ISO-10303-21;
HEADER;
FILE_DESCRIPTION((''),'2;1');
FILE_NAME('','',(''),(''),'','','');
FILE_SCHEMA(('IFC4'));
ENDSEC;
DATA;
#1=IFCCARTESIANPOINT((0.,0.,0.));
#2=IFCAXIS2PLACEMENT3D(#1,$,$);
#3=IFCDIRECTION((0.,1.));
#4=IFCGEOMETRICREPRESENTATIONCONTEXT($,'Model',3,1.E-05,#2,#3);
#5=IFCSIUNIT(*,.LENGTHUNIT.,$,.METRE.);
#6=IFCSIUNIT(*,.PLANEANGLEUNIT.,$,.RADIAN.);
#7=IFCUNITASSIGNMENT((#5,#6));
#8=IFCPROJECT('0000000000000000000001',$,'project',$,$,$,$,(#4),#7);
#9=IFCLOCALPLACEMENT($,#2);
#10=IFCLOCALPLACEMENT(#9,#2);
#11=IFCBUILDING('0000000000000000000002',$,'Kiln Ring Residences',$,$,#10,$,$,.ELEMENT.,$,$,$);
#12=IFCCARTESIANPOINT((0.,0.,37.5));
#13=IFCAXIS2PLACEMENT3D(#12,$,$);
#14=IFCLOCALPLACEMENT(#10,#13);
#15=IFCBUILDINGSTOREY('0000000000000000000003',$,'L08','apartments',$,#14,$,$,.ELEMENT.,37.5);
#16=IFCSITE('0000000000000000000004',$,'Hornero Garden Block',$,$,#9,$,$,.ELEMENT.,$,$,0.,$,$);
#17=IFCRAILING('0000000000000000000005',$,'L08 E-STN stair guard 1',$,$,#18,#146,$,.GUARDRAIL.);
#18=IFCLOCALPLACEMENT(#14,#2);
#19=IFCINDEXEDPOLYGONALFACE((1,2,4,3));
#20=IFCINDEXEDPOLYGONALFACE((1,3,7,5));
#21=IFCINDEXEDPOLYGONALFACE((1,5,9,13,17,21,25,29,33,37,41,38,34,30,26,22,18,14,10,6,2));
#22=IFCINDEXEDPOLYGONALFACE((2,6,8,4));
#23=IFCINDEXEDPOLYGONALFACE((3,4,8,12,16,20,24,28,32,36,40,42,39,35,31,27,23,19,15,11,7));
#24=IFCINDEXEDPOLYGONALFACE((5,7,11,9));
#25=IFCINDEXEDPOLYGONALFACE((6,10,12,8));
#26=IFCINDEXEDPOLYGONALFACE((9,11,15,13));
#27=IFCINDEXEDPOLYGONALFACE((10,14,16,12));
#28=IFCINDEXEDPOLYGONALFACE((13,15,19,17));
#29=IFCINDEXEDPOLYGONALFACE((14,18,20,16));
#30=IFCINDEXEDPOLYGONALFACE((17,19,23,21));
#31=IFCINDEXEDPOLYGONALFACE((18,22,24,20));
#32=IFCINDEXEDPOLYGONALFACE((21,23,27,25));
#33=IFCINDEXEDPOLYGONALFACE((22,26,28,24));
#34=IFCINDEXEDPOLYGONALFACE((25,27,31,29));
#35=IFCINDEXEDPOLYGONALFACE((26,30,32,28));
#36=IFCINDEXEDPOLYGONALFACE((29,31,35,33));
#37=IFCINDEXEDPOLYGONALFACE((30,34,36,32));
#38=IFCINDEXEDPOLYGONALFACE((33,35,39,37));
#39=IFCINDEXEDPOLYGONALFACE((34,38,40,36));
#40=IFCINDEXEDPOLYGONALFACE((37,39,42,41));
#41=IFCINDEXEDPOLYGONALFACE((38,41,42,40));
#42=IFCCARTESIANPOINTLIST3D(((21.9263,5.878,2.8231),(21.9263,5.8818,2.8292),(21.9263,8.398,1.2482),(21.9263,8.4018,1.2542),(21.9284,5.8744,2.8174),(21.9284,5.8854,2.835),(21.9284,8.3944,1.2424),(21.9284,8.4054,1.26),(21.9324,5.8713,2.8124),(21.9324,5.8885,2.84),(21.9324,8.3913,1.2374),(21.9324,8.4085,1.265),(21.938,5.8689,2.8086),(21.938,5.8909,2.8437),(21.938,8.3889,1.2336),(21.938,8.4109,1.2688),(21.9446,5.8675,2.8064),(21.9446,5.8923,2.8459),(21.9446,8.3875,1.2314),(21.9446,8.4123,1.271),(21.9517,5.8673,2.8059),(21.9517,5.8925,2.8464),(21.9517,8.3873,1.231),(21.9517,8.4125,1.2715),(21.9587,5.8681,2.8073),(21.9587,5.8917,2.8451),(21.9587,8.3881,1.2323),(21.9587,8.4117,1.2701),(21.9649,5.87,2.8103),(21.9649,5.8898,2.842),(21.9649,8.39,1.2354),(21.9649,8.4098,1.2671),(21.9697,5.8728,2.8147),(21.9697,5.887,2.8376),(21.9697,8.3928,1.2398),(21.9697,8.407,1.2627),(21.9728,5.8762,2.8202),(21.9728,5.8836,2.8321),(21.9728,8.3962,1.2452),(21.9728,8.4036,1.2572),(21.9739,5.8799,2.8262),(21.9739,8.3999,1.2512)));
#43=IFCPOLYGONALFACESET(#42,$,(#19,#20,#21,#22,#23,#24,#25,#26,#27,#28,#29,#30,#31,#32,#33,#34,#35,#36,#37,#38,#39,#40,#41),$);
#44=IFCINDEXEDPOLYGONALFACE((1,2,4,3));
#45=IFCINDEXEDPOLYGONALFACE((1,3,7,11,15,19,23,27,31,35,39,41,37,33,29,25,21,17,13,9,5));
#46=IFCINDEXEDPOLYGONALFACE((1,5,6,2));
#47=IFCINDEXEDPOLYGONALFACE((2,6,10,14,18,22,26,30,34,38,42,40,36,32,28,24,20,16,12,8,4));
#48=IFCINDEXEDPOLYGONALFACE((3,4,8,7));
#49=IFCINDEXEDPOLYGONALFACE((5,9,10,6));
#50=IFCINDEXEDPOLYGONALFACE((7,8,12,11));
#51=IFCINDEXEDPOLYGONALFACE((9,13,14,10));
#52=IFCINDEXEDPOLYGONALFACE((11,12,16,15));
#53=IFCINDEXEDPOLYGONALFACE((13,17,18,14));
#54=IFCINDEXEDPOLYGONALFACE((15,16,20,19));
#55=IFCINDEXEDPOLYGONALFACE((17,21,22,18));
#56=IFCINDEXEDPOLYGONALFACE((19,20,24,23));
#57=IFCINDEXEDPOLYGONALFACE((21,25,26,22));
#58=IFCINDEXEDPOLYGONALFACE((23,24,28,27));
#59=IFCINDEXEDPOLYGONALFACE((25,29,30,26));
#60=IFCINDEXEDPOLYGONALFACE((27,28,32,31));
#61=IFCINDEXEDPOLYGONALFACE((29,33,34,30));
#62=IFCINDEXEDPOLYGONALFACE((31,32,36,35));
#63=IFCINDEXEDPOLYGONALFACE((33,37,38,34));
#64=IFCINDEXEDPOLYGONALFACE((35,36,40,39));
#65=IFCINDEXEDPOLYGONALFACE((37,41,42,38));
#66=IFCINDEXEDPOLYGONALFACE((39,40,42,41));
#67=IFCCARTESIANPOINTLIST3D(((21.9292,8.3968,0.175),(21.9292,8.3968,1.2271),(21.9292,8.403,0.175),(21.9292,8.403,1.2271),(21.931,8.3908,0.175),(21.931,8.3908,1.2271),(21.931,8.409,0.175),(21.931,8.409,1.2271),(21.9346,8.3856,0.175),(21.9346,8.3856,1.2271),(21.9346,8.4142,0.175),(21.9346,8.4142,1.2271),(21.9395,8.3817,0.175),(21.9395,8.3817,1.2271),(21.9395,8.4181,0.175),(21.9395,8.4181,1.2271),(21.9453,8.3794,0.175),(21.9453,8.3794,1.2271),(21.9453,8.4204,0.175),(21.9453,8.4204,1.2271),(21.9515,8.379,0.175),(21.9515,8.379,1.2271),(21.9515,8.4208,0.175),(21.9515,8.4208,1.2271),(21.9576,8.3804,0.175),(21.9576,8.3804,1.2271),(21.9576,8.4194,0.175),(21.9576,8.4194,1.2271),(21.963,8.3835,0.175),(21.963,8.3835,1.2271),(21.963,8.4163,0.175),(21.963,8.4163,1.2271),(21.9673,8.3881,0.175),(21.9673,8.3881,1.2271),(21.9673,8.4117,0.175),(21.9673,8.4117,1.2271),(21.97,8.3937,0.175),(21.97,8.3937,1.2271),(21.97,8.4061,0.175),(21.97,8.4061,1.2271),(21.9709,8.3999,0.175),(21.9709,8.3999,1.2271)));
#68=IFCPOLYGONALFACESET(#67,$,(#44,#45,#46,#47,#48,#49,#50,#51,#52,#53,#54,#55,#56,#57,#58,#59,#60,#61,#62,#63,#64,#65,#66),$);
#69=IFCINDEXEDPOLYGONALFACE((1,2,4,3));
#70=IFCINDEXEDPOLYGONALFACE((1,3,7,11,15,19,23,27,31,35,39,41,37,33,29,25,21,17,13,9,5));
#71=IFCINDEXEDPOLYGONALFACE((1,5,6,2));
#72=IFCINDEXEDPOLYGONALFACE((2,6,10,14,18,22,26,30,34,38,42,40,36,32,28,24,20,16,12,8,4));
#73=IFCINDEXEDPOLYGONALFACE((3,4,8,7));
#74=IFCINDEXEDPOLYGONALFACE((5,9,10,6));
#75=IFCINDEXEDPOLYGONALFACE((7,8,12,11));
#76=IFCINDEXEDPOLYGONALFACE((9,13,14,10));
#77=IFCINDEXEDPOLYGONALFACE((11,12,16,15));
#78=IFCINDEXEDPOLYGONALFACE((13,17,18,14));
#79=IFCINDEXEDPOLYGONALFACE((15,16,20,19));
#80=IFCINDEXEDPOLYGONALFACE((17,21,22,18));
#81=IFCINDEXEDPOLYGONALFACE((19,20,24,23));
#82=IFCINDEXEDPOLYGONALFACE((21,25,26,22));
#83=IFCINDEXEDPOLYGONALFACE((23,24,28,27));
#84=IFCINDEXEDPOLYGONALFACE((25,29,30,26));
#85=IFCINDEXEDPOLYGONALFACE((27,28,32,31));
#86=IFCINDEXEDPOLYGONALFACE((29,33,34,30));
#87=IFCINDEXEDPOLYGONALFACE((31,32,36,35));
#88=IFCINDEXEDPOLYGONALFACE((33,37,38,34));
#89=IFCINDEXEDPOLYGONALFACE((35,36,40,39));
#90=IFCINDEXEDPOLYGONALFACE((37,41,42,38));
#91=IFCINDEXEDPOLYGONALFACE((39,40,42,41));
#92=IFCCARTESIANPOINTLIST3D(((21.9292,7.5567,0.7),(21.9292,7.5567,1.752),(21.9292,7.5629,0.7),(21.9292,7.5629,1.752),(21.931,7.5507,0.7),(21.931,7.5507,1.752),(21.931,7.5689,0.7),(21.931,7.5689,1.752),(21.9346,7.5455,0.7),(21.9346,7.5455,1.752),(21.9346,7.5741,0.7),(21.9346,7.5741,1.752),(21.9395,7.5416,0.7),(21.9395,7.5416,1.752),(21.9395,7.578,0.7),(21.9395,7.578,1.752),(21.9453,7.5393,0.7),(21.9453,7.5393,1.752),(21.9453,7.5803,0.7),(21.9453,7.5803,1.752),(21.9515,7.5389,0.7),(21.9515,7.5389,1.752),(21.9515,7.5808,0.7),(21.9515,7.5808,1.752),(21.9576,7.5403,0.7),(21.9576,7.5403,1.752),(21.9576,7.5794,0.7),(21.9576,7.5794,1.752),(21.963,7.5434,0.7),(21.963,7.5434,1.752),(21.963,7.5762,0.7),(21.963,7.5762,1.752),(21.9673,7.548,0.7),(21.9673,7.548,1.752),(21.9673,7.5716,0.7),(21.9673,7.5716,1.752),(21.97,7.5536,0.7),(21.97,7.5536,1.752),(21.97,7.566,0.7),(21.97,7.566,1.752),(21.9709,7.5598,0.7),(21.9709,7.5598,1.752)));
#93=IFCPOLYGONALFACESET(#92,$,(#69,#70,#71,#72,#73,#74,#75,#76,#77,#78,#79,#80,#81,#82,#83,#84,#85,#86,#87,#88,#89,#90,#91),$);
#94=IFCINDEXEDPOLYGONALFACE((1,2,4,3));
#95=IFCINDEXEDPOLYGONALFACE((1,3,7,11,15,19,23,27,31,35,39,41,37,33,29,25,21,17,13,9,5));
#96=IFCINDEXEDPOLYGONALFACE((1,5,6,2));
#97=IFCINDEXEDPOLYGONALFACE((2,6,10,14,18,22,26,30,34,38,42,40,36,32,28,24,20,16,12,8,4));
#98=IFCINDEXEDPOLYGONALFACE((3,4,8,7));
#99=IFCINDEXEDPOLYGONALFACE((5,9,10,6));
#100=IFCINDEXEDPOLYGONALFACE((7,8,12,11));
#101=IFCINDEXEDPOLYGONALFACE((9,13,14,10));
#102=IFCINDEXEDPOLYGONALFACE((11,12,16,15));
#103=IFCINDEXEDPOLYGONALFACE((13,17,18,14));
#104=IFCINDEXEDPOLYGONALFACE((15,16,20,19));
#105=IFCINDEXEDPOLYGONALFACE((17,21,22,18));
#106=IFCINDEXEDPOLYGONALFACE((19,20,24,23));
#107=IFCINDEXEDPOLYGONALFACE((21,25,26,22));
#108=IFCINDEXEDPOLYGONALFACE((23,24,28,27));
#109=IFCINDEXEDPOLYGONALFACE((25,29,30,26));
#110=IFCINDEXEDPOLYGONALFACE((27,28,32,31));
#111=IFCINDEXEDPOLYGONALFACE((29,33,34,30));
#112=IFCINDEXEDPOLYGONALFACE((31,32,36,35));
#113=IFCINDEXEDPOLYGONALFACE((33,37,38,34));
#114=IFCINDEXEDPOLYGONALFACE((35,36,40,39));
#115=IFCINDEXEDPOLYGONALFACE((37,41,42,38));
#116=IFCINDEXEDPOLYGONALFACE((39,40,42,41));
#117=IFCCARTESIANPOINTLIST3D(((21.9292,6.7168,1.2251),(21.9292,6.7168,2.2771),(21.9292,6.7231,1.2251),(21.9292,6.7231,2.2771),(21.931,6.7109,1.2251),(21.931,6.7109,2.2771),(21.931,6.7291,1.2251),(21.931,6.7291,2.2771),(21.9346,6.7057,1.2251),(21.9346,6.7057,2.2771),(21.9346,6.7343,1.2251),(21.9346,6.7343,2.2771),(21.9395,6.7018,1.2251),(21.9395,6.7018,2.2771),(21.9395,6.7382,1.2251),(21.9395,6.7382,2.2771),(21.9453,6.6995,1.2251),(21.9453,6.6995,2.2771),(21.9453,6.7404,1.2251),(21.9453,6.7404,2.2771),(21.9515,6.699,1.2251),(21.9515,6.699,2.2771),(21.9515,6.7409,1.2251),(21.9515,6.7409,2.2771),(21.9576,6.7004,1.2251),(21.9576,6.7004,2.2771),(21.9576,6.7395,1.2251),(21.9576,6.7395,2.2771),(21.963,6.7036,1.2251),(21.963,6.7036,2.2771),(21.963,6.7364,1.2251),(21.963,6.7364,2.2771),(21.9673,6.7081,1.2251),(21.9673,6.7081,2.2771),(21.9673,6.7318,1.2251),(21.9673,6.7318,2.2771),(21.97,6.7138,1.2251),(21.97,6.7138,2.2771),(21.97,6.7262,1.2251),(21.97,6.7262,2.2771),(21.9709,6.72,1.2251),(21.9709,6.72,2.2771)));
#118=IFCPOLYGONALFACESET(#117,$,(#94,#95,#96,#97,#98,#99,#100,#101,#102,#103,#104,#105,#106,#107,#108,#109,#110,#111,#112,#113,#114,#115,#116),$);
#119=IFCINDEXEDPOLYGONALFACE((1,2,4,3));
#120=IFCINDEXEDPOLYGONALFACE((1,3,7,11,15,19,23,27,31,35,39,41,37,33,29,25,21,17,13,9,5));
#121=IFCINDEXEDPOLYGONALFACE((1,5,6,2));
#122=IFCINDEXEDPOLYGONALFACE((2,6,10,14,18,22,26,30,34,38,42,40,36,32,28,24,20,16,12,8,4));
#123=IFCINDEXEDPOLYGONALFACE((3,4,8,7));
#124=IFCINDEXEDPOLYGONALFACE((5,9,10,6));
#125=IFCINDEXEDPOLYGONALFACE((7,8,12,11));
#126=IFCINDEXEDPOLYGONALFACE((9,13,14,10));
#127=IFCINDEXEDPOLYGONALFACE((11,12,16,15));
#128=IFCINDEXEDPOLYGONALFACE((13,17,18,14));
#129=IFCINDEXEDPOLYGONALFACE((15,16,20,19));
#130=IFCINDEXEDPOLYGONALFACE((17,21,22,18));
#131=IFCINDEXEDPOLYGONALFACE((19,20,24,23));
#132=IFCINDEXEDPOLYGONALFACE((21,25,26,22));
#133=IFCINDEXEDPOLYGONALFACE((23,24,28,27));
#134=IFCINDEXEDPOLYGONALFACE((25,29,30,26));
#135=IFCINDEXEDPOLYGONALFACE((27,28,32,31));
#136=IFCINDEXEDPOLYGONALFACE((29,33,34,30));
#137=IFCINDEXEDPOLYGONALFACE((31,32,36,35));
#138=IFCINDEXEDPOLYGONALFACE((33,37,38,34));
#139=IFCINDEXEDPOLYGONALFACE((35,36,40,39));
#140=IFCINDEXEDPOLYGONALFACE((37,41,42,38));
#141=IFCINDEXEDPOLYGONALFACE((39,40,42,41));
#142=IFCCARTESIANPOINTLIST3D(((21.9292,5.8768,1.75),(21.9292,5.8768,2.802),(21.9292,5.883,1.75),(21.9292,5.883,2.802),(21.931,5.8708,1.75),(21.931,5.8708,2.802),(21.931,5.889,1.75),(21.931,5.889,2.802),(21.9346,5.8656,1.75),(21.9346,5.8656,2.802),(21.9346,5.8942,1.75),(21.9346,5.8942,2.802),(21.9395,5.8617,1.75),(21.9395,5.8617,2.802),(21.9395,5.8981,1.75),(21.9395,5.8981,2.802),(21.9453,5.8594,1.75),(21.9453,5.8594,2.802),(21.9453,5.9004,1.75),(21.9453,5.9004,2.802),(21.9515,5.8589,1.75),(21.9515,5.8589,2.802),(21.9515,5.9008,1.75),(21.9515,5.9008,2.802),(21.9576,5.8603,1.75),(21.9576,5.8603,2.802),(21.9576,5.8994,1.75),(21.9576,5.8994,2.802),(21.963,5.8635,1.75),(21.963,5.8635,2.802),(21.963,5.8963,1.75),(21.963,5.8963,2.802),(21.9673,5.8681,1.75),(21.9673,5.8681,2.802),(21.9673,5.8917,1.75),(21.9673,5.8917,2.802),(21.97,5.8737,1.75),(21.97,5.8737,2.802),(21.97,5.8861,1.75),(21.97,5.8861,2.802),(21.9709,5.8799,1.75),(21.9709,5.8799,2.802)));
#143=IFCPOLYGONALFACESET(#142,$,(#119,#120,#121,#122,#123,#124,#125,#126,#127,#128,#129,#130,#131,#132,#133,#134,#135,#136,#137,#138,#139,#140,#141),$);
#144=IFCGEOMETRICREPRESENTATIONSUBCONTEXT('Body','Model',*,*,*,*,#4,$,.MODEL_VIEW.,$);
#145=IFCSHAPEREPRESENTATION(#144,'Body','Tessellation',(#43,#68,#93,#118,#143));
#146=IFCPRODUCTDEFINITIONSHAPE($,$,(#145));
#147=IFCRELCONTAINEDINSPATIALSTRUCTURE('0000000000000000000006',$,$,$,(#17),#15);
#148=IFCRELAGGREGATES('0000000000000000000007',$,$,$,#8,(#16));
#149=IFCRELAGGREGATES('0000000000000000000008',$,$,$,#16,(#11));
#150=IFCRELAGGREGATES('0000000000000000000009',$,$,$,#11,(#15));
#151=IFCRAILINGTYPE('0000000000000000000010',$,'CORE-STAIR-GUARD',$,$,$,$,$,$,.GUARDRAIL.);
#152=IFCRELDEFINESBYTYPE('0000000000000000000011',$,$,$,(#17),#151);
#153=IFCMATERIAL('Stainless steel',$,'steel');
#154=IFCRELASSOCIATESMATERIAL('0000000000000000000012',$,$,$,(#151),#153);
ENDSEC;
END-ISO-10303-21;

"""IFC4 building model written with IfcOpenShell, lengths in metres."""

from ifc_helpers import new_model, si_unit, direction, frame, origin, origin_2d, place, context, subcontext, project, spatial, circle, extrude, material, type_object, element, save


model = new_model("IFC4")

# Units and contexts
model_context = context("Model", 3, precision=1e-05, world=origin(), true_north=direction((0.0, 1.0)))
body_context = subcontext(model_context, "Body", "Model", "MODEL_VIEW")
ifc_project = project(units=[si_unit("LENGTHUNIT", "METRE"), si_unit("PLANEANGLEUNIT", "RADIAN")], contexts=[model_context])

# Site, building, storey
site_placement = place(None, origin())
site = spatial("IfcSite", under=ifc_project, at=site_placement, Name="Hornero Garden Block", CompositionType="ELEMENT", RefElevation=0.0)
building_placement = place(site_placement, origin())
building = spatial("IfcBuilding", under=site, at=building_placement, Name="Kiln Ring Residences", CompositionType="ELEMENT")
storey_placement = place(building_placement, frame((0.0, 0.0, 37.5)))
storey = spatial("IfcBuildingStorey", under=building, at=storey_placement, Name="L08", Description="apartments", CompositionType="ELEMENT", Elevation=37.5)

# Railing
ifc_material_1 = material(Name="Stainless steel", Category="steel")
railing_type_1 = type_object("IfcRailingType", Name="CORE-STAIR-GUARD", PredefinedType="GUARDRAIL", material=ifc_material_1)
railing_1_placement = place(storey_placement, frame((21.95, 8.3999, 0.175)))
element("IfcRailing", 1, at=railing_1_placement, inside=storey, type_object=railing_type_1, Name="L08 E-STN stair guard 1", PredefinedType="GUARDRAIL", context=body_context, shape_type="SweptSolid", body=[
    extrude(circle(Radius=0.0239, at=origin_2d()), frame((0.0, 0.0, 1.0762), z_axis=(0.0, -0.848008, 0.529984), x_axis=(1.0, 0.0, 0.0)), (0.0, 0.0, 1.0), 2.9717),
    extrude(circle(Radius=0.021, at=origin_2d()), origin(), (0.0, 0.0, 1.0), 1.052),
    extrude(circle(Radius=0.021, at=origin_2d()), frame((0.0, -0.8401, 0.5249)), (0.0, 0.0, 1.0), 1.052),
    extrude(circle(Radius=0.021, at=origin_2d()), frame((0.0, -1.6799, 1.05)), (0.0, 0.0, 1.0), 1.052),
    extrude(circle(Radius=0.021, at=origin_2d()), frame((0.0, -2.52, 1.575)), (0.0, 0.0, 1.0), 1.052),
])

save(model, "model.ifc")
